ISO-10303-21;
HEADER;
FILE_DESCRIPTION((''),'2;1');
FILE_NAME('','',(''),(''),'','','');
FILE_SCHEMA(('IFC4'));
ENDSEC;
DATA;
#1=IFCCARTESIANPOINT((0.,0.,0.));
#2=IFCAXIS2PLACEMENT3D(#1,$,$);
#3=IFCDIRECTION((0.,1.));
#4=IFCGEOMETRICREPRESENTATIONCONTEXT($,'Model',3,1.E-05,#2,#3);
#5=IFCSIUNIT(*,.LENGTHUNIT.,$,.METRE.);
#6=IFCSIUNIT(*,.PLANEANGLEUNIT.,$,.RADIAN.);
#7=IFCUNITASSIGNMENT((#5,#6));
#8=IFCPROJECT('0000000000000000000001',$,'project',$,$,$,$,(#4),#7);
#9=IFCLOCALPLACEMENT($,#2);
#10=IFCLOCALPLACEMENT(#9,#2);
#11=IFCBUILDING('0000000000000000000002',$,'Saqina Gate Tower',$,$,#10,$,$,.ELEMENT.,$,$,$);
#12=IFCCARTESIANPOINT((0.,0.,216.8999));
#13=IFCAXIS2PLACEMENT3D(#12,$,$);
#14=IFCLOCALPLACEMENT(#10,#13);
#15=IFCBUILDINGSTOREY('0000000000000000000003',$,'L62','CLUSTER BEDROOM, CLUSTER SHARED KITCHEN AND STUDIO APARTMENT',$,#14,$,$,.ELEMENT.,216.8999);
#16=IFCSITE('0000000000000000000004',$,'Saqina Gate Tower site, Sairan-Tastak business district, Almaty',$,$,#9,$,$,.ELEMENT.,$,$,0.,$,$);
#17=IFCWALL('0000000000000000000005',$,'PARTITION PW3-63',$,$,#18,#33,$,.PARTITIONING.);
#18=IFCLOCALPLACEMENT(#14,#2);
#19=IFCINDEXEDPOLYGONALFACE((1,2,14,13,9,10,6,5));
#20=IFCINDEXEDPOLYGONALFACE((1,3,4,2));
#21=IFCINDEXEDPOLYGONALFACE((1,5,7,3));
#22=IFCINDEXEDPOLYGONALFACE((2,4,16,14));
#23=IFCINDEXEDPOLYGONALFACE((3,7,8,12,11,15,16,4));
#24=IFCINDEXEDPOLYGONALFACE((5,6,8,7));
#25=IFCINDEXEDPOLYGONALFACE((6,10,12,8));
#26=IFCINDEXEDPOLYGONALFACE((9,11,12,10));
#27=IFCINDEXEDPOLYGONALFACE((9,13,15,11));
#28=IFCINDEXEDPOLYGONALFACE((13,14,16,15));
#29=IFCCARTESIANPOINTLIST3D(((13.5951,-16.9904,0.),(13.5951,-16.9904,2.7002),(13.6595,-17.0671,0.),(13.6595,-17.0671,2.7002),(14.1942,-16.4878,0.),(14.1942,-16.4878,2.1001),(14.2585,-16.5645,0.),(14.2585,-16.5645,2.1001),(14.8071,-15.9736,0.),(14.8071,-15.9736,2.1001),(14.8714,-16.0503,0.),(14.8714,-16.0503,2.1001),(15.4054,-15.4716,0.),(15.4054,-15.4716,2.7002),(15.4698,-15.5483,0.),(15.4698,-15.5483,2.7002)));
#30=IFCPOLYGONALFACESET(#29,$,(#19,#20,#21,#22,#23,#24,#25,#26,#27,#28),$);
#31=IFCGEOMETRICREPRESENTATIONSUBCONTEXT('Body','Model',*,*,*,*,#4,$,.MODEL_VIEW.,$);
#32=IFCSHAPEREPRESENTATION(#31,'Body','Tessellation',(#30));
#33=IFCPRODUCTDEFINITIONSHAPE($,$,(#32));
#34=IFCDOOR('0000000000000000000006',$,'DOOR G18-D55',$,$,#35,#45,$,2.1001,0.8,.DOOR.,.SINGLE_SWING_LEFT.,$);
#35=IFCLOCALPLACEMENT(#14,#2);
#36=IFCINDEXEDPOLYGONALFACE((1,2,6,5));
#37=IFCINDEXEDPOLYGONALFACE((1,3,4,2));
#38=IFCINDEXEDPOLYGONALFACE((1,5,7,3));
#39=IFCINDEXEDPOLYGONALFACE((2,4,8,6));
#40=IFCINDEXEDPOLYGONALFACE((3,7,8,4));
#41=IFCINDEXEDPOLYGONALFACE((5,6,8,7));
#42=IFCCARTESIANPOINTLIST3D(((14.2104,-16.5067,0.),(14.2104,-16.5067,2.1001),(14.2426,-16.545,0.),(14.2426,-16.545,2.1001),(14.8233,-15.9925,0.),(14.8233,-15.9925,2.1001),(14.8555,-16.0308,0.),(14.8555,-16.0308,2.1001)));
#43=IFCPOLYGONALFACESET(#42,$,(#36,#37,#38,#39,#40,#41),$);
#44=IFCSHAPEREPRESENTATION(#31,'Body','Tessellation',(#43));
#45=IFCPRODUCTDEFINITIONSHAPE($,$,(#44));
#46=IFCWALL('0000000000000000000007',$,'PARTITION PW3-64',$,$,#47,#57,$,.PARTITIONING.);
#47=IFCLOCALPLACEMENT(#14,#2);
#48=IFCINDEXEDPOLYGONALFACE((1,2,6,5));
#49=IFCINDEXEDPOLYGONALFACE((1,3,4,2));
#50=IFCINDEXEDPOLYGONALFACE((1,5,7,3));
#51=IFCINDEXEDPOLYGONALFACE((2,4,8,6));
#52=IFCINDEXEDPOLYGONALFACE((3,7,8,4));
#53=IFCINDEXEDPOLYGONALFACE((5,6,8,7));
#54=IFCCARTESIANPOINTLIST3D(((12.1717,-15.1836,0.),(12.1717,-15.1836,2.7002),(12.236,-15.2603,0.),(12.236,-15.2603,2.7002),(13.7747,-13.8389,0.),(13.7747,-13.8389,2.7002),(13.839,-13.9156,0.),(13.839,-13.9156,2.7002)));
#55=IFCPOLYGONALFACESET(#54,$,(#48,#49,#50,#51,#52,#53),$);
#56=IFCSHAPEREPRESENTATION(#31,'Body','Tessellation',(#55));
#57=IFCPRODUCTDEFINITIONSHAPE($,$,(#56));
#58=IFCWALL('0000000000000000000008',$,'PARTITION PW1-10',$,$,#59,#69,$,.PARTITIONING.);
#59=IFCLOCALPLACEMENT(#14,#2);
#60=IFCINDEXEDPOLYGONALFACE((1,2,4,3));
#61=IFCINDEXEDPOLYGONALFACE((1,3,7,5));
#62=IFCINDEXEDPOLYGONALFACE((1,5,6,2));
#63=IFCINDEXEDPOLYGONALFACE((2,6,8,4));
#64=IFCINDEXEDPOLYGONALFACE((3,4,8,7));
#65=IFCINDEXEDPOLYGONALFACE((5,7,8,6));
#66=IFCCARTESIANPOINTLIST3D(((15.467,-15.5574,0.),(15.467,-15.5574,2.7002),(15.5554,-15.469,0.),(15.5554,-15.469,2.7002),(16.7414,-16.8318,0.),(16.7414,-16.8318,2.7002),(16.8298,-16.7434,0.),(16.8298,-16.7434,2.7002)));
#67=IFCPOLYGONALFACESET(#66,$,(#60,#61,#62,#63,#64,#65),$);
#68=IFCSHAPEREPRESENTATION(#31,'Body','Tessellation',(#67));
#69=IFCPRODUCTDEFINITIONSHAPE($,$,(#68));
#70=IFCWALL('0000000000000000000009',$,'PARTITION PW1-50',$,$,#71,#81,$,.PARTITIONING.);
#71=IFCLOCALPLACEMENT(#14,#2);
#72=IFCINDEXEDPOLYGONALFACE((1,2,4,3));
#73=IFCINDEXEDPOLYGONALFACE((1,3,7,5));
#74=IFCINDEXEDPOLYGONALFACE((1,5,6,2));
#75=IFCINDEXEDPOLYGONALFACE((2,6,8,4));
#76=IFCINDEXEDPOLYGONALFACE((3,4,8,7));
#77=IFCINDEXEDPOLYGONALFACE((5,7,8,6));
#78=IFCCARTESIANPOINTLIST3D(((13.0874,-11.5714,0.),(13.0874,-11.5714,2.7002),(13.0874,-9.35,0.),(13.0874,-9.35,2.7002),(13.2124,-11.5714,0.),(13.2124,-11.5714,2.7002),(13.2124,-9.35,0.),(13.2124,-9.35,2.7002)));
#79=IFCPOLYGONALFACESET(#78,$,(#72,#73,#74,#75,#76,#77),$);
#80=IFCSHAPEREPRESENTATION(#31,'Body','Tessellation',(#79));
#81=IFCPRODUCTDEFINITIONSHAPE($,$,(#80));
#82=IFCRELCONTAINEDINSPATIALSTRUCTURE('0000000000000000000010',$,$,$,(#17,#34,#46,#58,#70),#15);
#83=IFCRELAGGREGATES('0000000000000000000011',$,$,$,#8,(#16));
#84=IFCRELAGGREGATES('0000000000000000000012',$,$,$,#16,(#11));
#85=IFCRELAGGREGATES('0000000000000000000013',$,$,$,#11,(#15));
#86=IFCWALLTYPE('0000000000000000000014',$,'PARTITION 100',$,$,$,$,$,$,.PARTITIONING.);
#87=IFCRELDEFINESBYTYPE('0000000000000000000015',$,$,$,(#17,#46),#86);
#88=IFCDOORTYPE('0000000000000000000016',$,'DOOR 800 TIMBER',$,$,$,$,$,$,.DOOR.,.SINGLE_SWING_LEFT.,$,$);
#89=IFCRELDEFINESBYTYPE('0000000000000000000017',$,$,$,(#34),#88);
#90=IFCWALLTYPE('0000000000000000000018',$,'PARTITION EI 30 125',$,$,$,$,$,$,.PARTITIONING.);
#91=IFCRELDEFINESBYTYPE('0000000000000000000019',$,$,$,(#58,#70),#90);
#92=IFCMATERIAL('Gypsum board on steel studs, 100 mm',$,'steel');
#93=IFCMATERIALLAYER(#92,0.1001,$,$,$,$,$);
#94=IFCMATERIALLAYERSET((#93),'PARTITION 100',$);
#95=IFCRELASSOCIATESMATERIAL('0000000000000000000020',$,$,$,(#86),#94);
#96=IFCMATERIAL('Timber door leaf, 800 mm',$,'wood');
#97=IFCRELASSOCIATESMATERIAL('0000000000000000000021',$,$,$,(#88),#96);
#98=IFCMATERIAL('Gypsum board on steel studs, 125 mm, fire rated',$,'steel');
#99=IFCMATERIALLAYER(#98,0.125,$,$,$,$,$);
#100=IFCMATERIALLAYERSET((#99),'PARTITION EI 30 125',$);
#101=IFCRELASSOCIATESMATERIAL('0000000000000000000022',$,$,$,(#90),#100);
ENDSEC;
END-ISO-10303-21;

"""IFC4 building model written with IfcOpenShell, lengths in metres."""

from ifc_helpers import new_model, si_unit, direction, frame, frame_2d, origin, place, context, subcontext, project, spatial, rectangle, extrude, material, layer, layer_set, type_object, element, fill, save


model = new_model("IFC4")

# Units and contexts
model_context = context("Model", 3, precision=1e-05, world=origin(), true_north=direction((0.0, 1.0)))
body_context = subcontext(model_context, "Body", "Model", "MODEL_VIEW")
ifc_project = project(units=[si_unit("LENGTHUNIT", "METRE"), si_unit("PLANEANGLEUNIT", "RADIAN")], contexts=[model_context])

# Site, building, storey
site_placement = place(None, origin())
site = spatial("IfcSite", under=ifc_project, at=site_placement, Name="Saqina Gate Tower site, Sairan-Tastak business district, Almaty", CompositionType="ELEMENT", RefElevation=0.0)
building_placement = place(site_placement, origin())
building = spatial("IfcBuilding", under=site, at=building_placement, Name="Saqina Gate Tower", CompositionType="ELEMENT")
storey_placement = place(building_placement, frame((0.0, 0.0, 216.8999)))
storey = spatial("IfcBuildingStorey", under=building, at=storey_placement, Name="L62", Description="CLUSTER BEDROOM, CLUSTER SHARED KITCHEN AND STUDIO APARTMENT", CompositionType="ELEMENT", Elevation=216.8999)

# Shared definitions
ifc_material_1 = material(Name="Gypsum board on steel studs, 100 mm", Category="steel")
ifc_layer_1 = layer(ifc_material_1, 0.1001)
ifc_layer_set_1 = layer_set([ifc_layer_1], Name="PARTITION 100")
wall_type_1 = type_object("IfcWallType", Name="PARTITION 100", PredefinedType="PARTITIONING", material=ifc_layer_set_1)

# Wall, opening, door
wall_1_placement = place(storey_placement, frame((13.6272, -17.0288, 0.0), z_axis=(0.0, 0.0, 1.0), x_axis=(0.766091, 0.642732, 0.0)))
wall_1 = element("IfcWall", 1, at=wall_1_placement, inside=storey, type_object=wall_type_1, Name="PARTITION PW3-63", PredefinedType="PARTITIONING", context=body_context, shape_type="SweptSolid", body=[
    extrude(rectangle(XDim=2.363, YDim=0.1001, at=frame_2d((1.1816, 0.0))), origin(), (0.0, 0.0, 1.0), 2.7002),
])
opening_1_placement = place(wall_1_placement, frame((0.7822, 0.0, 0.0)))
opening_1 = element("IfcOpeningElement", 2, at=opening_1_placement, cuts=wall_1, PredefinedType="OPENING", context=body_context, shape_type="SweptSolid", body=[
    extrude(rectangle(XDim=0.8, YDim=2.1001, at=frame_2d((0.3999, 1.05))), frame((0.0, 0.062, 0.0), z_axis=(0.0, -1.0, 0.0), x_axis=(1.0, 0.0, 0.0)), (0.0, 0.0, 1.0), 0.124),
])
ifc_material_2 = material(Name="Timber door leaf, 800 mm", Category="wood")
door_type = type_object("IfcDoorType", Name="DOOR 800 TIMBER", OperationType="SINGLE_SWING_LEFT", PredefinedType="DOOR", material=ifc_material_2)
door_placement = place(opening_1_placement, frame((0.8, 0.0, 0.0), z_axis=(0.0, 0.0, 1.0), x_axis=(-1.0, 0.0, 0.0)))
door = element("IfcDoor", 3, at=door_placement, inside=storey, type_object=door_type, Name="DOOR G18-D55", OperationType="SINGLE_SWING_LEFT", OverallHeight=2.1001, OverallWidth=0.8, PredefinedType="DOOR", context=body_context, shape_type="SweptSolid", body=[
    extrude(rectangle(XDim=0.8, YDim=2.1001, at=frame_2d((0.3999, 1.05))), frame((0.0, 0.0249, 0.0), z_axis=(0.0, -1.0, 0.0), x_axis=(1.0, 0.0, 0.0)), (0.0, 0.0, 1.0), 0.05),
])
fill(opening_1, door)

# Walls
wall_2_placement = place(storey_placement, frame((12.2039, -15.2219, 0.0), z_axis=(0.0, 0.0, 1.0), x_axis=(0.766132, 0.642683, 0.0)))
element("IfcWall", 4, at=wall_2_placement, inside=storey, type_object=wall_type_1, Name="PARTITION PW3-64", PredefinedType="PARTITIONING", context=body_context, shape_type="SweptSolid", body=[
    extrude(rectangle(XDim=2.0923, YDim=0.1001, at=frame_2d((1.0461, 0.0))), origin(), (0.0, 0.0, 1.0), 2.7002),
])
ifc_material_3 = material(Name="Gypsum board on steel studs, 125 mm, fire rated", Category="steel")
ifc_layer_2 = layer(ifc_material_3, 0.125)
ifc_layer_set_2 = layer_set([ifc_layer_2], Name="PARTITION EI 30 125")
wall_type_2 = type_object("IfcWallType", Name="PARTITION EI 30 125", PredefinedType="PARTITIONING", material=ifc_layer_set_2)
wall_3_placement = place(storey_placement, frame((15.5112, -15.5132, 0.0), z_axis=(0.0, 0.0, 1.0), x_axis=(0.707107, -0.707107, 0.0)))
element("IfcWall", 5, at=wall_3_placement, inside=storey, type_object=wall_type_2, Name="PARTITION PW1-10", PredefinedType="PARTITIONING", context=body_context, shape_type="SweptSolid", body=[
    extrude(rectangle(XDim=1.8022, YDim=0.125, at=frame_2d((0.9011, 0.0))), origin(), (0.0, 0.0, 1.0), 2.7002),
])
wall_4_placement = place(storey_placement, frame((13.1499, -11.5715, 0.0), z_axis=(0.0, 0.0, 1.0), x_axis=(0.0, 1.0, 0.0)))
element("IfcWall", 6, at=wall_4_placement, inside=storey, type_object=wall_type_2, Name="PARTITION PW1-50", PredefinedType="PARTITIONING", context=body_context, shape_type="SweptSolid", body=[
    extrude(rectangle(XDim=2.2214, YDim=0.125, at=frame_2d((1.1108, 0.0))), origin(), (0.0, 0.0, 1.0), 2.7002),
])

save(model, "model.ifc")
